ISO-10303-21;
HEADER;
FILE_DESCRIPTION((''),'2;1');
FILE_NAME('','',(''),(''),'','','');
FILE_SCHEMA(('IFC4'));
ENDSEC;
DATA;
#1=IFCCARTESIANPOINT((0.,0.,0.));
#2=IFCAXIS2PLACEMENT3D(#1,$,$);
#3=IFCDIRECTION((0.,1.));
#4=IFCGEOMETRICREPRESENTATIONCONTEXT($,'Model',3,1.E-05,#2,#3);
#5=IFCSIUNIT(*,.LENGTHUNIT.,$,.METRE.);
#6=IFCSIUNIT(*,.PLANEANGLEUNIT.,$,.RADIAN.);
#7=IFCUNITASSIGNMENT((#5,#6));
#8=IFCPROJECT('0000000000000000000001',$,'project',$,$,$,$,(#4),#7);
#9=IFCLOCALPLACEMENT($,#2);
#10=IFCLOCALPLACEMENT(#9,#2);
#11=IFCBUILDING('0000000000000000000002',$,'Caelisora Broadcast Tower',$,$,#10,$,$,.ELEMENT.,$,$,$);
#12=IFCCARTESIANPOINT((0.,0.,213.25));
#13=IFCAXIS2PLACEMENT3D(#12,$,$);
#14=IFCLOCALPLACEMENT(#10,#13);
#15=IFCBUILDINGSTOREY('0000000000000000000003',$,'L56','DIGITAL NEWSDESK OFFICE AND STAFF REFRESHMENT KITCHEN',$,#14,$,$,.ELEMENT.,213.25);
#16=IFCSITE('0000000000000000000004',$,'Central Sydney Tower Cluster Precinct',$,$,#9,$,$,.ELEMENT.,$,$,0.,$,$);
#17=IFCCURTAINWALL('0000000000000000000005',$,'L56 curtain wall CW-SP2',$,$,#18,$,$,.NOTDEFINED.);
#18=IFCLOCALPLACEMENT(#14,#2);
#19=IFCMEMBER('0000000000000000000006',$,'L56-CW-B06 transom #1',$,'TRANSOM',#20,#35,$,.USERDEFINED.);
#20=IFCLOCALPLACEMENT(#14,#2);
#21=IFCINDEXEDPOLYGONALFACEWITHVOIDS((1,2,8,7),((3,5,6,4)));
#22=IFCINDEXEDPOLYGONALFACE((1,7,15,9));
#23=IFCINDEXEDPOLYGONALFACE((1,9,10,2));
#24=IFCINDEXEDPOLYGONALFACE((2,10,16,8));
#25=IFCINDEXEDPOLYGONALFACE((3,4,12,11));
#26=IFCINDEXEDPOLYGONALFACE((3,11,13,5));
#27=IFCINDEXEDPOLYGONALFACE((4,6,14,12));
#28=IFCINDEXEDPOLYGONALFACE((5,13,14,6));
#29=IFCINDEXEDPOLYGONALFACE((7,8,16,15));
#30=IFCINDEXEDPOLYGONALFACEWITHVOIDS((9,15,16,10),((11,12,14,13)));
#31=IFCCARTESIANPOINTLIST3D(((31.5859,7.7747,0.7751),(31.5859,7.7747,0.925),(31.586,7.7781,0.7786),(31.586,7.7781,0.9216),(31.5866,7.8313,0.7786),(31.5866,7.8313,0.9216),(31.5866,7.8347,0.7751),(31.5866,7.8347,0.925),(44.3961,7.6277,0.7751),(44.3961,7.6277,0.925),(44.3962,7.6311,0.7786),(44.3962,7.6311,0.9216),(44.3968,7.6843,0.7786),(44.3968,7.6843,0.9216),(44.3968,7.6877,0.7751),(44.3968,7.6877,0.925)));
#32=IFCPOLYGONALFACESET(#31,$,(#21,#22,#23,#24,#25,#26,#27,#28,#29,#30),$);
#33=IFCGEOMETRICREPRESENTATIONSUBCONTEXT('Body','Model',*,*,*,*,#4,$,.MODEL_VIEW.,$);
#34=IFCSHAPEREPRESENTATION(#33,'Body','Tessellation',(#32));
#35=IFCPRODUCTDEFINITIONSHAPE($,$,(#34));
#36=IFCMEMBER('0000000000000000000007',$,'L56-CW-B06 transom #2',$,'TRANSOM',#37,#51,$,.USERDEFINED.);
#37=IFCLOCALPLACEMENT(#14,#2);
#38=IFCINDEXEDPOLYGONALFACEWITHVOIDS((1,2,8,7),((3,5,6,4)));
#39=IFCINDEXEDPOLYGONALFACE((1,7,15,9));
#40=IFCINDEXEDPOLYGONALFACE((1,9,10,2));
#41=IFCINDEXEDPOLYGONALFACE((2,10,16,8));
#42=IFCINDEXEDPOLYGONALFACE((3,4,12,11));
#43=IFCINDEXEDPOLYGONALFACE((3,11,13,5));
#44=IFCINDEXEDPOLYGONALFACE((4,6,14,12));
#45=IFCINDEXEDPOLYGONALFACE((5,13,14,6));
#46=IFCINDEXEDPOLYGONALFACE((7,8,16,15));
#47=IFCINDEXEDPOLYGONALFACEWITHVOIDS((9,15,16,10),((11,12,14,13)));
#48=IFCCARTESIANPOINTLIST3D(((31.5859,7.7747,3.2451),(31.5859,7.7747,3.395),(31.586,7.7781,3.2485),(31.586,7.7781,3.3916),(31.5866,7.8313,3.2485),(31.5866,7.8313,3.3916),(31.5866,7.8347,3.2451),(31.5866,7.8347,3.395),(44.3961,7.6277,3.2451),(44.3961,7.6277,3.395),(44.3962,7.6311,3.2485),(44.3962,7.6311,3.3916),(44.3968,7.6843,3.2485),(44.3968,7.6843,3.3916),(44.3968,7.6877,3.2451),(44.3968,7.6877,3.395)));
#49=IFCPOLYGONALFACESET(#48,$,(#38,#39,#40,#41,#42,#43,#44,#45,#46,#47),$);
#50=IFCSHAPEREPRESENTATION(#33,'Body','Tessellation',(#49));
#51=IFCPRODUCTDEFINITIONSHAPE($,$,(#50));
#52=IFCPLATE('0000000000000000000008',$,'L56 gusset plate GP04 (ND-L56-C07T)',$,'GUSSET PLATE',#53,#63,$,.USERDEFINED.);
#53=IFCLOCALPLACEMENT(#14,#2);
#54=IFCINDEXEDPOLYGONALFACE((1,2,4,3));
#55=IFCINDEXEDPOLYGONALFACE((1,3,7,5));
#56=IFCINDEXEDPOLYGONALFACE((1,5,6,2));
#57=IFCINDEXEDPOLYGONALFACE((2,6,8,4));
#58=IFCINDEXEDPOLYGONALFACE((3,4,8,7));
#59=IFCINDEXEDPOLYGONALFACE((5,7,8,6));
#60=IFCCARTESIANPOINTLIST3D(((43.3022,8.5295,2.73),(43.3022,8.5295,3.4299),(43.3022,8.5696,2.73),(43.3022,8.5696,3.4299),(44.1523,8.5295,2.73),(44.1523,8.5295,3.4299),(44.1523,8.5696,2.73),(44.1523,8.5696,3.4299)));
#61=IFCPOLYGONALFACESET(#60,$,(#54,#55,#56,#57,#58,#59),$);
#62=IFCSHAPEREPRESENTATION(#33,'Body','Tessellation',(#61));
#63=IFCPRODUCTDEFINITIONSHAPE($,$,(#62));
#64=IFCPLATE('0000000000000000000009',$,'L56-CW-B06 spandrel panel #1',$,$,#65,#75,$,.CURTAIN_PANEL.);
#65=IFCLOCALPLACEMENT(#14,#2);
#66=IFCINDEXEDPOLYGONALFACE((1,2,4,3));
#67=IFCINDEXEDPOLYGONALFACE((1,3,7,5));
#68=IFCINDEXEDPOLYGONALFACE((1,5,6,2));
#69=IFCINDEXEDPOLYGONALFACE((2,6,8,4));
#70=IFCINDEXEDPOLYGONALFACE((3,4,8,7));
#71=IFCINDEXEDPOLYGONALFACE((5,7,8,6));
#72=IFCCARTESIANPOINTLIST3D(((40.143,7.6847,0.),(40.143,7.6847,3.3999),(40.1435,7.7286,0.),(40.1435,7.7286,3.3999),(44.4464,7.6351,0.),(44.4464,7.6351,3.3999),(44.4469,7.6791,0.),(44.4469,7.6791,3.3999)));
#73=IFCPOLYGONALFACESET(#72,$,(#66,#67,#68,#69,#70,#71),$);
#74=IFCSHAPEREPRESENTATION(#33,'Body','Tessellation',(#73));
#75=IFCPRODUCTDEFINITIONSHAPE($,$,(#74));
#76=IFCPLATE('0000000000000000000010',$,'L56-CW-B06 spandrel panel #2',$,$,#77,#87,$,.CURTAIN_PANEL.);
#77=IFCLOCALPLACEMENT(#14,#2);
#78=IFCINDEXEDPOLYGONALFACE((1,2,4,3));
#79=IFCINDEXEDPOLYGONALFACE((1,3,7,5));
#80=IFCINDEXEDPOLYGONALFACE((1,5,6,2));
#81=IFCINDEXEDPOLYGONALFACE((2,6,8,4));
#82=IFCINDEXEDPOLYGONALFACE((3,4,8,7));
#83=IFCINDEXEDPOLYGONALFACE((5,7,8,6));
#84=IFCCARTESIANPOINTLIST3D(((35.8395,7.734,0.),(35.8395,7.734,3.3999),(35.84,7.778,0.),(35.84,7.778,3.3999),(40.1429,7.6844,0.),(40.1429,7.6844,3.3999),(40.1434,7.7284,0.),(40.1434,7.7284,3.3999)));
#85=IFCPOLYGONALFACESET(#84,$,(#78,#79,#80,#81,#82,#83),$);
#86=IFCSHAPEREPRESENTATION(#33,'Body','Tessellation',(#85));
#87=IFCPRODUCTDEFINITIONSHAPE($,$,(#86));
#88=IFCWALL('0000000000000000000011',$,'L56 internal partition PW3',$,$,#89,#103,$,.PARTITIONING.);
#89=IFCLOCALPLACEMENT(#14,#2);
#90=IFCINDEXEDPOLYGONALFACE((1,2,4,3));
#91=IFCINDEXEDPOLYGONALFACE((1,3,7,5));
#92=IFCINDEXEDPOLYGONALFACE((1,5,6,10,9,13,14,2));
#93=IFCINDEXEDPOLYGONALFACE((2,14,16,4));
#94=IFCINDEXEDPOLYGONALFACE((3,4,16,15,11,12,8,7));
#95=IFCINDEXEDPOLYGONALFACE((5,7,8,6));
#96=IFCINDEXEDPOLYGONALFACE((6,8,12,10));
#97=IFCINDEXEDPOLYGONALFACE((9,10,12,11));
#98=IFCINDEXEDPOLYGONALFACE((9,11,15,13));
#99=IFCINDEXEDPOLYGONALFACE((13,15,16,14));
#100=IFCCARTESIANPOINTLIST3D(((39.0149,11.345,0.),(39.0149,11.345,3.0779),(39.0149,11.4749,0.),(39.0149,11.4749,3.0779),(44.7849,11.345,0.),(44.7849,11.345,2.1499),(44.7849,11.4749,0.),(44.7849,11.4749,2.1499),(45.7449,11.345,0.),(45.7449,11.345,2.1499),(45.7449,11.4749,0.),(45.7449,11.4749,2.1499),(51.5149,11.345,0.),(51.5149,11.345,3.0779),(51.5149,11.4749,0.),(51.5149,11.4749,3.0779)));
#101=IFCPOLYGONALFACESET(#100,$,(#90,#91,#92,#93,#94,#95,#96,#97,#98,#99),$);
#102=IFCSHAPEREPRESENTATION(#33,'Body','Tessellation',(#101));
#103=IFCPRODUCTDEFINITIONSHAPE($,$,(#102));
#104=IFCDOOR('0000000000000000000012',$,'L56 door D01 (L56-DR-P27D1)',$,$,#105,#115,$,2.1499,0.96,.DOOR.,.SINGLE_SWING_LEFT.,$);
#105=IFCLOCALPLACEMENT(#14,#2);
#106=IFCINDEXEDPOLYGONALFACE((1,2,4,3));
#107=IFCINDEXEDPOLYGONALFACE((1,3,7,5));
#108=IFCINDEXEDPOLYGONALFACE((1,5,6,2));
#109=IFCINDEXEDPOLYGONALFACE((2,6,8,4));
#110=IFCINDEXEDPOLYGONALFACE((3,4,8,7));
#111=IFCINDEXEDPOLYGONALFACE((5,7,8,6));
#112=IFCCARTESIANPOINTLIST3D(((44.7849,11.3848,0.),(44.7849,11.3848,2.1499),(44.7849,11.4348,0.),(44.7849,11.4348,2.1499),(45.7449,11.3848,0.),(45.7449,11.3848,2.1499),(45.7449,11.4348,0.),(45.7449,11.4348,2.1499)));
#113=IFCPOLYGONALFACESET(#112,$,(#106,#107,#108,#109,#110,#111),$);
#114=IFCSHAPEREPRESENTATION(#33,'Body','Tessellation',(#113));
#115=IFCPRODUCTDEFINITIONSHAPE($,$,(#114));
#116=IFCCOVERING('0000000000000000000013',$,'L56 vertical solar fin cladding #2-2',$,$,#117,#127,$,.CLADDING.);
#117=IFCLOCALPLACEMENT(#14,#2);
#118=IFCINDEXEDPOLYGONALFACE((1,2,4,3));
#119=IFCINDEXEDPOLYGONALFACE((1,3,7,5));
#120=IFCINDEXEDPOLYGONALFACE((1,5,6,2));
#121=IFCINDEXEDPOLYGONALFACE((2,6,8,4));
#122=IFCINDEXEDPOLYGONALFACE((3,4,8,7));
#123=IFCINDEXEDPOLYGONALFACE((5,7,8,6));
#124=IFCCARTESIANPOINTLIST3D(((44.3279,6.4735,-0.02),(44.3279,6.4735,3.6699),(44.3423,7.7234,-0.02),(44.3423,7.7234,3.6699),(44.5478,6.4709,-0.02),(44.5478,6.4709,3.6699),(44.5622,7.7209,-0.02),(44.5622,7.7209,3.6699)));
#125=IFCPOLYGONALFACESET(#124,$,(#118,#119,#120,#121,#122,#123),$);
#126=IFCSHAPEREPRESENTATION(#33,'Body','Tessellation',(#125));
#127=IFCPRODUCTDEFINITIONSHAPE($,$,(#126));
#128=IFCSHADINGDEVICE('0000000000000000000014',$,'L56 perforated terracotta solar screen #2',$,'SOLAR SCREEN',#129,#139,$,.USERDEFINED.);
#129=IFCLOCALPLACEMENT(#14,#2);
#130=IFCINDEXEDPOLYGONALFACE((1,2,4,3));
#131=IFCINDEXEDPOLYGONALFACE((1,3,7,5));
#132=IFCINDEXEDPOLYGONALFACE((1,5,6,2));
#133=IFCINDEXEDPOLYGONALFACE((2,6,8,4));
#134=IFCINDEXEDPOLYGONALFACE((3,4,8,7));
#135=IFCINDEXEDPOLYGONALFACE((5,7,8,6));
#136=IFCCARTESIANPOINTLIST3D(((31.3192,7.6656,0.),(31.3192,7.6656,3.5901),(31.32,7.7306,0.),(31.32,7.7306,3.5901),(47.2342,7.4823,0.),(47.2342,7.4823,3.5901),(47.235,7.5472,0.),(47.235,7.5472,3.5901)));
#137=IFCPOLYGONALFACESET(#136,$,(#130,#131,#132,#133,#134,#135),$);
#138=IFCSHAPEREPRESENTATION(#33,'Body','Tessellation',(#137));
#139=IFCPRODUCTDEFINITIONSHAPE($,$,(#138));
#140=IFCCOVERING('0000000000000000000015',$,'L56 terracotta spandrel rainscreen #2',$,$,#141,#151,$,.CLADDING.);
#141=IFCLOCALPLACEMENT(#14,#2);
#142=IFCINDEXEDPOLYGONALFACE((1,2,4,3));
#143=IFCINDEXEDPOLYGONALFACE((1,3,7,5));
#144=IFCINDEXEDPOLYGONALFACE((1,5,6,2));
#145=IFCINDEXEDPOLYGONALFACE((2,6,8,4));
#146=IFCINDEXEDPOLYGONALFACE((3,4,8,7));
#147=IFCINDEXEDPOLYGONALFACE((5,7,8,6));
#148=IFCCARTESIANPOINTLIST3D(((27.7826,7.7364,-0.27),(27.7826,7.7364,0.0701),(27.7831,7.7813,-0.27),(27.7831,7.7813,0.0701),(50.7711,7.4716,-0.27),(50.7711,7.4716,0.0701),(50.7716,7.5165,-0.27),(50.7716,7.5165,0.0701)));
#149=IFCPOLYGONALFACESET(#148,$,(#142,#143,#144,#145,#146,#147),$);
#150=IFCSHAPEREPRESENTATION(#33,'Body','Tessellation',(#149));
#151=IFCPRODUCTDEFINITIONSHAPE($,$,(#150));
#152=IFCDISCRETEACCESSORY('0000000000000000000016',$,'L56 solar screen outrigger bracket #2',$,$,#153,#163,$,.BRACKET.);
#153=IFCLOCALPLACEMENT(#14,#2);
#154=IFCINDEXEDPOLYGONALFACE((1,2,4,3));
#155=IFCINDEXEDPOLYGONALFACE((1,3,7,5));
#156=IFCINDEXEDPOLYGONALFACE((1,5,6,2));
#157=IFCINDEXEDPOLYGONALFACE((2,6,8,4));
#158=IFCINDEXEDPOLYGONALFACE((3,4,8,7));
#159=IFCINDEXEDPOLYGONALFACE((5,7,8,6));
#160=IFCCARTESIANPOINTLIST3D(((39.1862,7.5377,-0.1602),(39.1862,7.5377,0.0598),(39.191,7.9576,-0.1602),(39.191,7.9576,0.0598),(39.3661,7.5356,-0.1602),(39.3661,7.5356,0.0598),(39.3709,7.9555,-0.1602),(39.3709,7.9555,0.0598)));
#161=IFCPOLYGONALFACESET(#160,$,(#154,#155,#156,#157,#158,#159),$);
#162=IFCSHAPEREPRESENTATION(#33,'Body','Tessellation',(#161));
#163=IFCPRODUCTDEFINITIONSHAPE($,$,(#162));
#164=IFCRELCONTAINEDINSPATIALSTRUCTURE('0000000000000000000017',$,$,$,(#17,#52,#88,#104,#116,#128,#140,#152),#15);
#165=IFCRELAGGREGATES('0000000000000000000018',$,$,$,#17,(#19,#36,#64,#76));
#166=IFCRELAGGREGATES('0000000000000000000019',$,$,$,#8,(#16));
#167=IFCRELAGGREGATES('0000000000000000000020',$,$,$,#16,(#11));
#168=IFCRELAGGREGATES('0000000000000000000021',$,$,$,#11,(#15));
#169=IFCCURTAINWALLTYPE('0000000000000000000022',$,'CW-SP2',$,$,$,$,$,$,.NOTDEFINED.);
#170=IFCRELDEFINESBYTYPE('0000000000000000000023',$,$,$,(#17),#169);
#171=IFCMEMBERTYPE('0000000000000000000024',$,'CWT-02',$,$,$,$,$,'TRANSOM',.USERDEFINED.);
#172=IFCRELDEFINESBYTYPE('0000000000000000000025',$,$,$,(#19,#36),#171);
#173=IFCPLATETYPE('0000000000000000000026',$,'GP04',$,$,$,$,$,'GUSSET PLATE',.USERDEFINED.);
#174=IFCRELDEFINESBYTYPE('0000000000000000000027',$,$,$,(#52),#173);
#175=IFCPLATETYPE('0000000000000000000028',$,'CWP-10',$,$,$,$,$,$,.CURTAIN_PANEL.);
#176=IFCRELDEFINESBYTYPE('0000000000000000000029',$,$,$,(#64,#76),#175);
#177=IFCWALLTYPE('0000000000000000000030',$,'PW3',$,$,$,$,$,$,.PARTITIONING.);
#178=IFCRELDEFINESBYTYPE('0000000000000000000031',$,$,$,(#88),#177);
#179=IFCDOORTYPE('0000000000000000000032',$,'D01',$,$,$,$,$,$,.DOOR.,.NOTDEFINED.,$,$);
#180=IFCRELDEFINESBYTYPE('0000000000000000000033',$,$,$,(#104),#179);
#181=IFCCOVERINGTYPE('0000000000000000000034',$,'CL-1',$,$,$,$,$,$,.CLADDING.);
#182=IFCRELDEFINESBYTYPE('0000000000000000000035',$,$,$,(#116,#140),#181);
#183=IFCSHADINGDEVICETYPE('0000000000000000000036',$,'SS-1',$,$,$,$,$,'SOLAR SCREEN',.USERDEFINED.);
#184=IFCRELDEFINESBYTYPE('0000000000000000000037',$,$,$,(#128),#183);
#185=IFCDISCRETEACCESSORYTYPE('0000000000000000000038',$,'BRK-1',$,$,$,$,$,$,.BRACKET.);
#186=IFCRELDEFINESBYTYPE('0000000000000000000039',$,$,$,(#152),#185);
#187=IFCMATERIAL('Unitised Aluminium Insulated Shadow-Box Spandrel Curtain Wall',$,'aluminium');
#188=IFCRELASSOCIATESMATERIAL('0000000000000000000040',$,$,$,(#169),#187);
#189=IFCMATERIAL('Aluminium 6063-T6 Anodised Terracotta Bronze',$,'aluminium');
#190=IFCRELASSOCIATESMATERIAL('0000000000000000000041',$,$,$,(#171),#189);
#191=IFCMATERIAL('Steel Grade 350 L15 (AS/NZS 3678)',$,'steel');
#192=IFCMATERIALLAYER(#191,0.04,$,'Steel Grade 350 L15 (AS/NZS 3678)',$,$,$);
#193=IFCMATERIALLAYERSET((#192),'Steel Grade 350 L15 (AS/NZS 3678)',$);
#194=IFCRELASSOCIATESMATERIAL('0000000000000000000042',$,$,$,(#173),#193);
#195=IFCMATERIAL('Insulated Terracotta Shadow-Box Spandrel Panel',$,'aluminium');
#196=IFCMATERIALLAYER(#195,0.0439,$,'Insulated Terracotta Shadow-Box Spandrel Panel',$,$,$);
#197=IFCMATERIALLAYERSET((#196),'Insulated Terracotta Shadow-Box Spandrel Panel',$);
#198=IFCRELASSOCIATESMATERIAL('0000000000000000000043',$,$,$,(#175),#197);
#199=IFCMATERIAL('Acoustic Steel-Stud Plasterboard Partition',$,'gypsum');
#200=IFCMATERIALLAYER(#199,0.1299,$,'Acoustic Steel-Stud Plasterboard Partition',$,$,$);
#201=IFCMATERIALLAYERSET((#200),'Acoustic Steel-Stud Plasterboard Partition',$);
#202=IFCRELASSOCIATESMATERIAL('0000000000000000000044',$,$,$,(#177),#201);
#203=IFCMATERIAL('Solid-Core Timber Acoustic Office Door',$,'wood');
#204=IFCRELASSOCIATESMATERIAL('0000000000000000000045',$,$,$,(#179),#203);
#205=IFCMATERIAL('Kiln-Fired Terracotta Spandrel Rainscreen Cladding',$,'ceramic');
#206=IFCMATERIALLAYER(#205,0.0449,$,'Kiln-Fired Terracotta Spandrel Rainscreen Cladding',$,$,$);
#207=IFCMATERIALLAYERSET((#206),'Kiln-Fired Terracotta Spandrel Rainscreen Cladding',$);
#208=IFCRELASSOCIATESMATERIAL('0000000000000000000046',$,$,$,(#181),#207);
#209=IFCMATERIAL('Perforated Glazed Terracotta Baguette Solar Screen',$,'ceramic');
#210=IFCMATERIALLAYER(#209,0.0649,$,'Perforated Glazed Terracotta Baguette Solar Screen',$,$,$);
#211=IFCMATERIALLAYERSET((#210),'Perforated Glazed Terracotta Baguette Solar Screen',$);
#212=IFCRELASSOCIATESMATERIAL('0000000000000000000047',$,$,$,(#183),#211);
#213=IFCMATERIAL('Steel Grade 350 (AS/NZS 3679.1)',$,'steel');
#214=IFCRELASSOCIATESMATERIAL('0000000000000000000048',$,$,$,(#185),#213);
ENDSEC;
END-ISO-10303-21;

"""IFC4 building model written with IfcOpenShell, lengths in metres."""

from ifc_helpers import new_model, si_unit, direction, frame, frame_2d, origin, origin_2d, place, context, subcontext, project, spatial, rectangle, hollow_rectangle, extrude, source, transform, mapped, material, layer, layer_set, material_profile, profile_set, type_object, type_shapes, element, fill, aggregate, save


model = new_model("IFC4")

# Units and contexts
model_context = context("Model", 3, precision=1e-05, world=origin(), true_north=direction((0.0, 1.0)))
body_context = subcontext(model_context, "Body", "Model", "MODEL_VIEW")
ifc_project = project(units=[si_unit("LENGTHUNIT", "METRE"), si_unit("PLANEANGLEUNIT", "RADIAN")], contexts=[model_context])

# Site, building, storey
site_placement = place(None, origin())
site = spatial("IfcSite", under=ifc_project, at=site_placement, Name="Central Sydney Tower Cluster Precinct", CompositionType="ELEMENT", RefElevation=0.0)
building_placement = place(site_placement, origin())
building = spatial("IfcBuilding", under=site, at=building_placement, Name="Caelisora Broadcast Tower", CompositionType="ELEMENT")
storey_placement = place(building_placement, frame((0.0, 0.0, 213.25)))
storey = spatial("IfcBuildingStorey", under=building, at=storey_placement, Name="L56", Description="DIGITAL NEWSDESK OFFICE AND STAFF REFRESHMENT KITCHEN", CompositionType="ELEMENT", Elevation=213.25)

# Shared definitions
ifc_material_1 = material(Name="Steel Grade 350 L15 (AS/NZS 3678)", Category="steel")

# Shared definitions
ifc_material_2 = material(Name="Steel Grade 350 (AS/NZS 3679.1)", Category="steel")

# Shared definitions
ifc_material_3 = material(Name="Aluminium 6063-T6 Anodised Terracotta Bronze", Category="aluminium")

# Curtain wall, members
ifc_material_4 = material(Name="Unitised Aluminium Insulated Shadow-Box Spandrel Curtain Wall", Category="aluminium")
curtain_wall_type_1 = type_object("IfcCurtainWallType", Name="CW-SP2", PredefinedType="NOTDEFINED", material=ifc_material_4)
curtain_wall_1_placement = place(storey_placement, origin())
curtain_wall_1 = element("IfcCurtainWall", 1, at=curtain_wall_1_placement, inside=storey, type_object=curtain_wall_type_1, Name="L56 curtain wall CW-SP2", PredefinedType="NOTDEFINED")
ifc_material_profile_1 = material_profile(ifc_material_3, hollow_rectangle(XDim=0.0601, YDim=0.1499, WallThickness=0.0034, at=origin_2d()), Name="Aluminium 6063-T6 Anodised Terracotta Bronze")
ifc_profile_set_1 = profile_set([ifc_material_profile_1], Name="Aluminium 6063-T6 Anodised Terracotta Bronze")
member_type_1 = type_object("IfcMemberType", Name="CWT-02", ElementType="TRANSOM", PredefinedType="USERDEFINED", material=ifc_profile_set_1)
shared_shape_1 = source(origin(), body_context, "Body", "SweptSolid", [
    extrude(hollow_rectangle(XDim=0.0601, YDim=0.1499, WallThickness=0.0034, at=origin_2d()), origin(), (0.0, 0.0, 1.0), 12.811),
])
type_shapes(member_type_1, [shared_shape_1])
member_1_placement = place(storey_placement, frame((44.3965, 7.6577, 0.8501), z_axis=(-0.999934, 0.011472, 0.0), x_axis=(-0.011472, -0.999934, 0.0)))
member_1 = element("IfcMember", 2, at=member_1_placement, type_object=member_type_1, Name="L56-CW-B06 transom #1", ObjectType="TRANSOM", PredefinedType="USERDEFINED", context=body_context, shape_type="MappedRepresentation", body=[
    mapped(shared_shape_1, transform((0.0, 0.0, 0.0), scale=1.0)),
])
member_2_placement = place(storey_placement, frame((44.3965, 7.6577, 3.3201), z_axis=(-0.999934, 0.011472, 0.0), x_axis=(-0.011472, -0.999934, 0.0)))
member_2 = element("IfcMember", 3, at=member_2_placement, type_object=member_type_1, Name="L56-CW-B06 transom #2", ObjectType="TRANSOM", PredefinedType="USERDEFINED", context=body_context, shape_type="MappedRepresentation", body=[
    mapped(shared_shape_1, transform((0.0, 0.0, 0.0), scale=1.0)),
])

# Plates
ifc_layer_1 = layer(ifc_material_1, 0.04, Name="Steel Grade 350 L15 (AS/NZS 3678)")
ifc_layer_set_1 = layer_set([ifc_layer_1], Name="Steel Grade 350 L15 (AS/NZS 3678)")
plate_type_1 = type_object("IfcPlateType", Name="GP04", ElementType="GUSSET PLATE", PredefinedType="USERDEFINED", material=ifc_layer_set_1)
shared_shape_2 = source(origin(), body_context, "Body", "SweptSolid", [
    extrude(rectangle(XDim=0.8501, YDim=0.04, at=origin_2d()), origin(), (0.0, 0.0, 1.0), 0.7),
])
type_shapes(plate_type_1, [shared_shape_2])
plate_1_placement = place(storey_placement, frame((43.7273, 8.5496, 2.73), z_axis=(0.0, 0.0, 1.0), x_axis=(1.0, 0.0, 0.0)))
element("IfcPlate", 4, at=plate_1_placement, inside=storey, type_object=plate_type_1, Name="L56 gusset plate GP04 (ND-L56-C07T)", ObjectType="GUSSET PLATE", PredefinedType="USERDEFINED", context=body_context, shape_type="MappedRepresentation", body=[
    mapped(shared_shape_2, transform((0.0, 0.0, 0.0), scale=1.0)),
])
ifc_material_5 = material(Name="Insulated Terracotta Shadow-Box Spandrel Panel", Category="aluminium")
ifc_layer_2 = layer(ifc_material_5, 0.0439, Name="Insulated Terracotta Shadow-Box Spandrel Panel")
ifc_layer_set_2 = layer_set([ifc_layer_2], Name="Insulated Terracotta Shadow-Box Spandrel Panel")
plate_type_2 = type_object("IfcPlateType", Name="CWP-10", PredefinedType="CURTAIN_PANEL", material=ifc_layer_set_2)
shared_shape_3 = source(origin(), body_context, "Body", "SweptSolid", [
    extrude(rectangle(XDim=4.3037, YDim=0.0439, at=origin_2d()), origin(), (0.0, 0.0, 1.0), 3.3999),
])
type_shapes(plate_type_2, [shared_shape_3])
plate_2_placement = place(storey_placement, frame((42.2949, 7.6819, 0.0), z_axis=(0.0, 0.0, 1.0), x_axis=(-0.999934, 0.011519, 0.0)))
plate_2 = element("IfcPlate", 5, at=plate_2_placement, type_object=plate_type_2, Name="L56-CW-B06 spandrel panel #1", PredefinedType="CURTAIN_PANEL", context=body_context, shape_type="MappedRepresentation", body=[
    mapped(shared_shape_3, transform((0.0, 0.0, 0.0), scale=1.0)),
])
plate_3_placement = place(storey_placement, frame((37.9915, 7.7312, 0.0), z_axis=(0.0, 0.0, 1.0), x_axis=(-0.999934, 0.011519, 0.0)))
plate_3 = element("IfcPlate", 6, at=plate_3_placement, type_object=plate_type_2, Name="L56-CW-B06 spandrel panel #2", PredefinedType="CURTAIN_PANEL", context=body_context, shape_type="MappedRepresentation", body=[
    mapped(shared_shape_3, transform((0.0, 0.0, 0.0), scale=1.0)),
])
aggregate(curtain_wall_1, [member_1, member_2, plate_2, plate_3])

# Wall, opening, door
ifc_material_6 = material(Name="Acoustic Steel-Stud Plasterboard Partition", Category="gypsum")
ifc_layer_3 = layer(ifc_material_6, 0.1299, Name="Acoustic Steel-Stud Plasterboard Partition")
ifc_layer_set_3 = layer_set([ifc_layer_3], Name="Acoustic Steel-Stud Plasterboard Partition")
wall_type = type_object("IfcWallType", Name="PW3", PredefinedType="PARTITIONING", material=ifc_layer_set_3)
wall_1_placement = place(storey_placement, frame((39.0149, 11.4099, 0.0), z_axis=(0.0, 0.0, 1.0), x_axis=(1.0, 0.0, 0.0)))
wall_1 = element("IfcWall", 7, at=wall_1_placement, inside=storey, type_object=wall_type, Name="L56 internal partition PW3", PredefinedType="PARTITIONING", context=body_context, shape_type="SweptSolid", body=[
    extrude(rectangle(XDim=12.5, YDim=0.1299, at=frame_2d((6.25, 0.0))), origin(), (0.0, 0.0, 1.0), 3.0779),
])
opening_1_placement = place(wall_1_placement, frame((5.77, 0.0, 0.0)))
opening_1 = element("IfcOpeningElement", 8, at=opening_1_placement, cuts=wall_1, PredefinedType="OPENING", context=body_context, shape_type="SweptSolid", body=[
    extrude(rectangle(XDim=0.96, YDim=2.1499, at=frame_2d((0.48, 1.075))), frame((0.0, 0.0769, 0.0), z_axis=(0.0, -1.0, 0.0), x_axis=(1.0, 0.0, 0.0)), (0.0, 0.0, 1.0), 0.1538),
])
ifc_material_7 = material(Name="Solid-Core Timber Acoustic Office Door", Category="wood")
door_type = type_object("IfcDoorType", Name="D01", OperationType="NOTDEFINED", PredefinedType="DOOR", material=ifc_material_7)
door_1_placement = place(opening_1_placement, origin())
door_1 = element("IfcDoor", 9, at=door_1_placement, inside=storey, type_object=door_type, Name="L56 door D01 (L56-DR-P27D1)", OperationType="SINGLE_SWING_LEFT", OverallHeight=2.1499, OverallWidth=0.96, PredefinedType="DOOR", context=body_context, shape_type="SweptSolid", body=[
    extrude(rectangle(XDim=0.96, YDim=2.1499, at=frame_2d((0.48, 1.075))), frame((0.0, 0.0249, 0.0), z_axis=(0.0, -1.0, 0.0), x_axis=(1.0, 0.0, 0.0)), (0.0, 0.0, 1.0), 0.05),
])
fill(opening_1, door_1)

# Covering
ifc_material_8 = material(Name="Kiln-Fired Terracotta Spandrel Rainscreen Cladding", Category="ceramic")
ifc_layer_4 = layer(ifc_material_8, 0.0449, Name="Kiln-Fired Terracotta Spandrel Rainscreen Cladding")
ifc_layer_set_4 = layer_set([ifc_layer_4], Name="Kiln-Fired Terracotta Spandrel Rainscreen Cladding")
covering_type = type_object("IfcCoveringType", Name="CL-1", PredefinedType="CLADDING", material=ifc_layer_set_4)
shared_shape_4 = source(origin(), body_context, "Body", "SweptSolid", [
    extrude(rectangle(XDim=0.22, YDim=1.25, at=origin_2d()), origin(), (0.0, 0.0, 1.0), 3.6899),
])
covering_1_placement = place(storey_placement, frame((44.4451, 7.0972, -0.02), z_axis=(0.0, 0.0, 1.0), x_axis=(-0.999934, 0.011519, 0.0)))
element("IfcCovering", 10, at=covering_1_placement, inside=storey, type_object=covering_type, Name="L56 vertical solar fin cladding #2-2", PredefinedType="CLADDING", context=body_context, shape_type="MappedRepresentation", body=[
    mapped(shared_shape_4, transform((0.0, 0.0, 0.0), scale=1.0)),
])

# Shading device
ifc_material_9 = material(Name="Perforated Glazed Terracotta Baguette Solar Screen", Category="ceramic")
ifc_layer_5 = layer(ifc_material_9, 0.0649, Name="Perforated Glazed Terracotta Baguette Solar Screen")
ifc_layer_set_5 = layer_set([ifc_layer_5], Name="Perforated Glazed Terracotta Baguette Solar Screen")
shading_device_type = type_object("IfcShadingDeviceType", Name="SS-1", ElementType="SOLAR SCREEN", PredefinedType="USERDEFINED", material=ifc_layer_set_5)
shared_shape_5 = source(origin(), body_context, "Body", "SweptSolid", [
    extrude(rectangle(XDim=15.916, YDim=0.0649, at=origin_2d()), origin(), (0.0, 0.0, 1.0), 3.5901),
])
type_shapes(shading_device_type, [shared_shape_5])
shading_device_placement = place(storey_placement, frame((39.2771, 7.6064, 0.0), z_axis=(0.0, 0.0, 1.0), x_axis=(0.999934, -0.011519, 0.0)))
element("IfcShadingDevice", 11, at=shading_device_placement, inside=storey, type_object=shading_device_type, Name="L56 perforated terracotta solar screen #2", ObjectType="SOLAR SCREEN", PredefinedType="USERDEFINED", context=body_context, shape_type="MappedRepresentation", body=[
    mapped(shared_shape_5, transform((0.0, 0.0, 0.0), scale=1.0)),
])

# Covering
shared_shape_6 = source(origin(), body_context, "Body", "SweptSolid", [
    extrude(rectangle(XDim=22.99, YDim=0.0449, at=origin_2d()), origin(), (0.0, 0.0, 1.0), 0.3401),
])
type_shapes(covering_type, [shared_shape_4, shared_shape_6])
covering_2_placement = place(storey_placement, frame((39.2771, 7.6265, -0.27), z_axis=(0.0, 0.0, 1.0), x_axis=(0.999934, -0.011519, 0.0)))
element("IfcCovering", 12, at=covering_2_placement, inside=storey, type_object=covering_type, Name="L56 terracotta spandrel rainscreen #2", PredefinedType="CLADDING", context=body_context, shape_type="MappedRepresentation", body=[
    mapped(shared_shape_6, transform((0.0, 0.0, 0.0), scale=1.0)),
])

# Discrete accessory
discrete_accessory_type = type_object("IfcDiscreteAccessoryType", Name="BRK-1", PredefinedType="BRACKET", material=ifc_material_2)
shared_shape_7 = source(origin(), body_context, "Body", "SweptSolid", [
    extrude(rectangle(XDim=0.1799, YDim=0.4199, at=origin_2d()), origin(), (0.0, 0.0, 1.0), 0.22),
])
type_shapes(discrete_accessory_type, [shared_shape_7])
discrete_accessory_placement = place(storey_placement, frame((39.2786, 7.7466, -0.1602), z_axis=(0.0, 0.0, 1.0), x_axis=(0.999934, -0.011519, 0.0)))
element("IfcDiscreteAccessory", 13, at=discrete_accessory_placement, inside=storey, type_object=discrete_accessory_type, Name="L56 solar screen outrigger bracket #2", PredefinedType="BRACKET", context=body_context, shape_type="MappedRepresentation", body=[
    mapped(shared_shape_7, transform((0.0, 0.0, 0.0), scale=1.0)),
])

save(model, "model.ifc")
